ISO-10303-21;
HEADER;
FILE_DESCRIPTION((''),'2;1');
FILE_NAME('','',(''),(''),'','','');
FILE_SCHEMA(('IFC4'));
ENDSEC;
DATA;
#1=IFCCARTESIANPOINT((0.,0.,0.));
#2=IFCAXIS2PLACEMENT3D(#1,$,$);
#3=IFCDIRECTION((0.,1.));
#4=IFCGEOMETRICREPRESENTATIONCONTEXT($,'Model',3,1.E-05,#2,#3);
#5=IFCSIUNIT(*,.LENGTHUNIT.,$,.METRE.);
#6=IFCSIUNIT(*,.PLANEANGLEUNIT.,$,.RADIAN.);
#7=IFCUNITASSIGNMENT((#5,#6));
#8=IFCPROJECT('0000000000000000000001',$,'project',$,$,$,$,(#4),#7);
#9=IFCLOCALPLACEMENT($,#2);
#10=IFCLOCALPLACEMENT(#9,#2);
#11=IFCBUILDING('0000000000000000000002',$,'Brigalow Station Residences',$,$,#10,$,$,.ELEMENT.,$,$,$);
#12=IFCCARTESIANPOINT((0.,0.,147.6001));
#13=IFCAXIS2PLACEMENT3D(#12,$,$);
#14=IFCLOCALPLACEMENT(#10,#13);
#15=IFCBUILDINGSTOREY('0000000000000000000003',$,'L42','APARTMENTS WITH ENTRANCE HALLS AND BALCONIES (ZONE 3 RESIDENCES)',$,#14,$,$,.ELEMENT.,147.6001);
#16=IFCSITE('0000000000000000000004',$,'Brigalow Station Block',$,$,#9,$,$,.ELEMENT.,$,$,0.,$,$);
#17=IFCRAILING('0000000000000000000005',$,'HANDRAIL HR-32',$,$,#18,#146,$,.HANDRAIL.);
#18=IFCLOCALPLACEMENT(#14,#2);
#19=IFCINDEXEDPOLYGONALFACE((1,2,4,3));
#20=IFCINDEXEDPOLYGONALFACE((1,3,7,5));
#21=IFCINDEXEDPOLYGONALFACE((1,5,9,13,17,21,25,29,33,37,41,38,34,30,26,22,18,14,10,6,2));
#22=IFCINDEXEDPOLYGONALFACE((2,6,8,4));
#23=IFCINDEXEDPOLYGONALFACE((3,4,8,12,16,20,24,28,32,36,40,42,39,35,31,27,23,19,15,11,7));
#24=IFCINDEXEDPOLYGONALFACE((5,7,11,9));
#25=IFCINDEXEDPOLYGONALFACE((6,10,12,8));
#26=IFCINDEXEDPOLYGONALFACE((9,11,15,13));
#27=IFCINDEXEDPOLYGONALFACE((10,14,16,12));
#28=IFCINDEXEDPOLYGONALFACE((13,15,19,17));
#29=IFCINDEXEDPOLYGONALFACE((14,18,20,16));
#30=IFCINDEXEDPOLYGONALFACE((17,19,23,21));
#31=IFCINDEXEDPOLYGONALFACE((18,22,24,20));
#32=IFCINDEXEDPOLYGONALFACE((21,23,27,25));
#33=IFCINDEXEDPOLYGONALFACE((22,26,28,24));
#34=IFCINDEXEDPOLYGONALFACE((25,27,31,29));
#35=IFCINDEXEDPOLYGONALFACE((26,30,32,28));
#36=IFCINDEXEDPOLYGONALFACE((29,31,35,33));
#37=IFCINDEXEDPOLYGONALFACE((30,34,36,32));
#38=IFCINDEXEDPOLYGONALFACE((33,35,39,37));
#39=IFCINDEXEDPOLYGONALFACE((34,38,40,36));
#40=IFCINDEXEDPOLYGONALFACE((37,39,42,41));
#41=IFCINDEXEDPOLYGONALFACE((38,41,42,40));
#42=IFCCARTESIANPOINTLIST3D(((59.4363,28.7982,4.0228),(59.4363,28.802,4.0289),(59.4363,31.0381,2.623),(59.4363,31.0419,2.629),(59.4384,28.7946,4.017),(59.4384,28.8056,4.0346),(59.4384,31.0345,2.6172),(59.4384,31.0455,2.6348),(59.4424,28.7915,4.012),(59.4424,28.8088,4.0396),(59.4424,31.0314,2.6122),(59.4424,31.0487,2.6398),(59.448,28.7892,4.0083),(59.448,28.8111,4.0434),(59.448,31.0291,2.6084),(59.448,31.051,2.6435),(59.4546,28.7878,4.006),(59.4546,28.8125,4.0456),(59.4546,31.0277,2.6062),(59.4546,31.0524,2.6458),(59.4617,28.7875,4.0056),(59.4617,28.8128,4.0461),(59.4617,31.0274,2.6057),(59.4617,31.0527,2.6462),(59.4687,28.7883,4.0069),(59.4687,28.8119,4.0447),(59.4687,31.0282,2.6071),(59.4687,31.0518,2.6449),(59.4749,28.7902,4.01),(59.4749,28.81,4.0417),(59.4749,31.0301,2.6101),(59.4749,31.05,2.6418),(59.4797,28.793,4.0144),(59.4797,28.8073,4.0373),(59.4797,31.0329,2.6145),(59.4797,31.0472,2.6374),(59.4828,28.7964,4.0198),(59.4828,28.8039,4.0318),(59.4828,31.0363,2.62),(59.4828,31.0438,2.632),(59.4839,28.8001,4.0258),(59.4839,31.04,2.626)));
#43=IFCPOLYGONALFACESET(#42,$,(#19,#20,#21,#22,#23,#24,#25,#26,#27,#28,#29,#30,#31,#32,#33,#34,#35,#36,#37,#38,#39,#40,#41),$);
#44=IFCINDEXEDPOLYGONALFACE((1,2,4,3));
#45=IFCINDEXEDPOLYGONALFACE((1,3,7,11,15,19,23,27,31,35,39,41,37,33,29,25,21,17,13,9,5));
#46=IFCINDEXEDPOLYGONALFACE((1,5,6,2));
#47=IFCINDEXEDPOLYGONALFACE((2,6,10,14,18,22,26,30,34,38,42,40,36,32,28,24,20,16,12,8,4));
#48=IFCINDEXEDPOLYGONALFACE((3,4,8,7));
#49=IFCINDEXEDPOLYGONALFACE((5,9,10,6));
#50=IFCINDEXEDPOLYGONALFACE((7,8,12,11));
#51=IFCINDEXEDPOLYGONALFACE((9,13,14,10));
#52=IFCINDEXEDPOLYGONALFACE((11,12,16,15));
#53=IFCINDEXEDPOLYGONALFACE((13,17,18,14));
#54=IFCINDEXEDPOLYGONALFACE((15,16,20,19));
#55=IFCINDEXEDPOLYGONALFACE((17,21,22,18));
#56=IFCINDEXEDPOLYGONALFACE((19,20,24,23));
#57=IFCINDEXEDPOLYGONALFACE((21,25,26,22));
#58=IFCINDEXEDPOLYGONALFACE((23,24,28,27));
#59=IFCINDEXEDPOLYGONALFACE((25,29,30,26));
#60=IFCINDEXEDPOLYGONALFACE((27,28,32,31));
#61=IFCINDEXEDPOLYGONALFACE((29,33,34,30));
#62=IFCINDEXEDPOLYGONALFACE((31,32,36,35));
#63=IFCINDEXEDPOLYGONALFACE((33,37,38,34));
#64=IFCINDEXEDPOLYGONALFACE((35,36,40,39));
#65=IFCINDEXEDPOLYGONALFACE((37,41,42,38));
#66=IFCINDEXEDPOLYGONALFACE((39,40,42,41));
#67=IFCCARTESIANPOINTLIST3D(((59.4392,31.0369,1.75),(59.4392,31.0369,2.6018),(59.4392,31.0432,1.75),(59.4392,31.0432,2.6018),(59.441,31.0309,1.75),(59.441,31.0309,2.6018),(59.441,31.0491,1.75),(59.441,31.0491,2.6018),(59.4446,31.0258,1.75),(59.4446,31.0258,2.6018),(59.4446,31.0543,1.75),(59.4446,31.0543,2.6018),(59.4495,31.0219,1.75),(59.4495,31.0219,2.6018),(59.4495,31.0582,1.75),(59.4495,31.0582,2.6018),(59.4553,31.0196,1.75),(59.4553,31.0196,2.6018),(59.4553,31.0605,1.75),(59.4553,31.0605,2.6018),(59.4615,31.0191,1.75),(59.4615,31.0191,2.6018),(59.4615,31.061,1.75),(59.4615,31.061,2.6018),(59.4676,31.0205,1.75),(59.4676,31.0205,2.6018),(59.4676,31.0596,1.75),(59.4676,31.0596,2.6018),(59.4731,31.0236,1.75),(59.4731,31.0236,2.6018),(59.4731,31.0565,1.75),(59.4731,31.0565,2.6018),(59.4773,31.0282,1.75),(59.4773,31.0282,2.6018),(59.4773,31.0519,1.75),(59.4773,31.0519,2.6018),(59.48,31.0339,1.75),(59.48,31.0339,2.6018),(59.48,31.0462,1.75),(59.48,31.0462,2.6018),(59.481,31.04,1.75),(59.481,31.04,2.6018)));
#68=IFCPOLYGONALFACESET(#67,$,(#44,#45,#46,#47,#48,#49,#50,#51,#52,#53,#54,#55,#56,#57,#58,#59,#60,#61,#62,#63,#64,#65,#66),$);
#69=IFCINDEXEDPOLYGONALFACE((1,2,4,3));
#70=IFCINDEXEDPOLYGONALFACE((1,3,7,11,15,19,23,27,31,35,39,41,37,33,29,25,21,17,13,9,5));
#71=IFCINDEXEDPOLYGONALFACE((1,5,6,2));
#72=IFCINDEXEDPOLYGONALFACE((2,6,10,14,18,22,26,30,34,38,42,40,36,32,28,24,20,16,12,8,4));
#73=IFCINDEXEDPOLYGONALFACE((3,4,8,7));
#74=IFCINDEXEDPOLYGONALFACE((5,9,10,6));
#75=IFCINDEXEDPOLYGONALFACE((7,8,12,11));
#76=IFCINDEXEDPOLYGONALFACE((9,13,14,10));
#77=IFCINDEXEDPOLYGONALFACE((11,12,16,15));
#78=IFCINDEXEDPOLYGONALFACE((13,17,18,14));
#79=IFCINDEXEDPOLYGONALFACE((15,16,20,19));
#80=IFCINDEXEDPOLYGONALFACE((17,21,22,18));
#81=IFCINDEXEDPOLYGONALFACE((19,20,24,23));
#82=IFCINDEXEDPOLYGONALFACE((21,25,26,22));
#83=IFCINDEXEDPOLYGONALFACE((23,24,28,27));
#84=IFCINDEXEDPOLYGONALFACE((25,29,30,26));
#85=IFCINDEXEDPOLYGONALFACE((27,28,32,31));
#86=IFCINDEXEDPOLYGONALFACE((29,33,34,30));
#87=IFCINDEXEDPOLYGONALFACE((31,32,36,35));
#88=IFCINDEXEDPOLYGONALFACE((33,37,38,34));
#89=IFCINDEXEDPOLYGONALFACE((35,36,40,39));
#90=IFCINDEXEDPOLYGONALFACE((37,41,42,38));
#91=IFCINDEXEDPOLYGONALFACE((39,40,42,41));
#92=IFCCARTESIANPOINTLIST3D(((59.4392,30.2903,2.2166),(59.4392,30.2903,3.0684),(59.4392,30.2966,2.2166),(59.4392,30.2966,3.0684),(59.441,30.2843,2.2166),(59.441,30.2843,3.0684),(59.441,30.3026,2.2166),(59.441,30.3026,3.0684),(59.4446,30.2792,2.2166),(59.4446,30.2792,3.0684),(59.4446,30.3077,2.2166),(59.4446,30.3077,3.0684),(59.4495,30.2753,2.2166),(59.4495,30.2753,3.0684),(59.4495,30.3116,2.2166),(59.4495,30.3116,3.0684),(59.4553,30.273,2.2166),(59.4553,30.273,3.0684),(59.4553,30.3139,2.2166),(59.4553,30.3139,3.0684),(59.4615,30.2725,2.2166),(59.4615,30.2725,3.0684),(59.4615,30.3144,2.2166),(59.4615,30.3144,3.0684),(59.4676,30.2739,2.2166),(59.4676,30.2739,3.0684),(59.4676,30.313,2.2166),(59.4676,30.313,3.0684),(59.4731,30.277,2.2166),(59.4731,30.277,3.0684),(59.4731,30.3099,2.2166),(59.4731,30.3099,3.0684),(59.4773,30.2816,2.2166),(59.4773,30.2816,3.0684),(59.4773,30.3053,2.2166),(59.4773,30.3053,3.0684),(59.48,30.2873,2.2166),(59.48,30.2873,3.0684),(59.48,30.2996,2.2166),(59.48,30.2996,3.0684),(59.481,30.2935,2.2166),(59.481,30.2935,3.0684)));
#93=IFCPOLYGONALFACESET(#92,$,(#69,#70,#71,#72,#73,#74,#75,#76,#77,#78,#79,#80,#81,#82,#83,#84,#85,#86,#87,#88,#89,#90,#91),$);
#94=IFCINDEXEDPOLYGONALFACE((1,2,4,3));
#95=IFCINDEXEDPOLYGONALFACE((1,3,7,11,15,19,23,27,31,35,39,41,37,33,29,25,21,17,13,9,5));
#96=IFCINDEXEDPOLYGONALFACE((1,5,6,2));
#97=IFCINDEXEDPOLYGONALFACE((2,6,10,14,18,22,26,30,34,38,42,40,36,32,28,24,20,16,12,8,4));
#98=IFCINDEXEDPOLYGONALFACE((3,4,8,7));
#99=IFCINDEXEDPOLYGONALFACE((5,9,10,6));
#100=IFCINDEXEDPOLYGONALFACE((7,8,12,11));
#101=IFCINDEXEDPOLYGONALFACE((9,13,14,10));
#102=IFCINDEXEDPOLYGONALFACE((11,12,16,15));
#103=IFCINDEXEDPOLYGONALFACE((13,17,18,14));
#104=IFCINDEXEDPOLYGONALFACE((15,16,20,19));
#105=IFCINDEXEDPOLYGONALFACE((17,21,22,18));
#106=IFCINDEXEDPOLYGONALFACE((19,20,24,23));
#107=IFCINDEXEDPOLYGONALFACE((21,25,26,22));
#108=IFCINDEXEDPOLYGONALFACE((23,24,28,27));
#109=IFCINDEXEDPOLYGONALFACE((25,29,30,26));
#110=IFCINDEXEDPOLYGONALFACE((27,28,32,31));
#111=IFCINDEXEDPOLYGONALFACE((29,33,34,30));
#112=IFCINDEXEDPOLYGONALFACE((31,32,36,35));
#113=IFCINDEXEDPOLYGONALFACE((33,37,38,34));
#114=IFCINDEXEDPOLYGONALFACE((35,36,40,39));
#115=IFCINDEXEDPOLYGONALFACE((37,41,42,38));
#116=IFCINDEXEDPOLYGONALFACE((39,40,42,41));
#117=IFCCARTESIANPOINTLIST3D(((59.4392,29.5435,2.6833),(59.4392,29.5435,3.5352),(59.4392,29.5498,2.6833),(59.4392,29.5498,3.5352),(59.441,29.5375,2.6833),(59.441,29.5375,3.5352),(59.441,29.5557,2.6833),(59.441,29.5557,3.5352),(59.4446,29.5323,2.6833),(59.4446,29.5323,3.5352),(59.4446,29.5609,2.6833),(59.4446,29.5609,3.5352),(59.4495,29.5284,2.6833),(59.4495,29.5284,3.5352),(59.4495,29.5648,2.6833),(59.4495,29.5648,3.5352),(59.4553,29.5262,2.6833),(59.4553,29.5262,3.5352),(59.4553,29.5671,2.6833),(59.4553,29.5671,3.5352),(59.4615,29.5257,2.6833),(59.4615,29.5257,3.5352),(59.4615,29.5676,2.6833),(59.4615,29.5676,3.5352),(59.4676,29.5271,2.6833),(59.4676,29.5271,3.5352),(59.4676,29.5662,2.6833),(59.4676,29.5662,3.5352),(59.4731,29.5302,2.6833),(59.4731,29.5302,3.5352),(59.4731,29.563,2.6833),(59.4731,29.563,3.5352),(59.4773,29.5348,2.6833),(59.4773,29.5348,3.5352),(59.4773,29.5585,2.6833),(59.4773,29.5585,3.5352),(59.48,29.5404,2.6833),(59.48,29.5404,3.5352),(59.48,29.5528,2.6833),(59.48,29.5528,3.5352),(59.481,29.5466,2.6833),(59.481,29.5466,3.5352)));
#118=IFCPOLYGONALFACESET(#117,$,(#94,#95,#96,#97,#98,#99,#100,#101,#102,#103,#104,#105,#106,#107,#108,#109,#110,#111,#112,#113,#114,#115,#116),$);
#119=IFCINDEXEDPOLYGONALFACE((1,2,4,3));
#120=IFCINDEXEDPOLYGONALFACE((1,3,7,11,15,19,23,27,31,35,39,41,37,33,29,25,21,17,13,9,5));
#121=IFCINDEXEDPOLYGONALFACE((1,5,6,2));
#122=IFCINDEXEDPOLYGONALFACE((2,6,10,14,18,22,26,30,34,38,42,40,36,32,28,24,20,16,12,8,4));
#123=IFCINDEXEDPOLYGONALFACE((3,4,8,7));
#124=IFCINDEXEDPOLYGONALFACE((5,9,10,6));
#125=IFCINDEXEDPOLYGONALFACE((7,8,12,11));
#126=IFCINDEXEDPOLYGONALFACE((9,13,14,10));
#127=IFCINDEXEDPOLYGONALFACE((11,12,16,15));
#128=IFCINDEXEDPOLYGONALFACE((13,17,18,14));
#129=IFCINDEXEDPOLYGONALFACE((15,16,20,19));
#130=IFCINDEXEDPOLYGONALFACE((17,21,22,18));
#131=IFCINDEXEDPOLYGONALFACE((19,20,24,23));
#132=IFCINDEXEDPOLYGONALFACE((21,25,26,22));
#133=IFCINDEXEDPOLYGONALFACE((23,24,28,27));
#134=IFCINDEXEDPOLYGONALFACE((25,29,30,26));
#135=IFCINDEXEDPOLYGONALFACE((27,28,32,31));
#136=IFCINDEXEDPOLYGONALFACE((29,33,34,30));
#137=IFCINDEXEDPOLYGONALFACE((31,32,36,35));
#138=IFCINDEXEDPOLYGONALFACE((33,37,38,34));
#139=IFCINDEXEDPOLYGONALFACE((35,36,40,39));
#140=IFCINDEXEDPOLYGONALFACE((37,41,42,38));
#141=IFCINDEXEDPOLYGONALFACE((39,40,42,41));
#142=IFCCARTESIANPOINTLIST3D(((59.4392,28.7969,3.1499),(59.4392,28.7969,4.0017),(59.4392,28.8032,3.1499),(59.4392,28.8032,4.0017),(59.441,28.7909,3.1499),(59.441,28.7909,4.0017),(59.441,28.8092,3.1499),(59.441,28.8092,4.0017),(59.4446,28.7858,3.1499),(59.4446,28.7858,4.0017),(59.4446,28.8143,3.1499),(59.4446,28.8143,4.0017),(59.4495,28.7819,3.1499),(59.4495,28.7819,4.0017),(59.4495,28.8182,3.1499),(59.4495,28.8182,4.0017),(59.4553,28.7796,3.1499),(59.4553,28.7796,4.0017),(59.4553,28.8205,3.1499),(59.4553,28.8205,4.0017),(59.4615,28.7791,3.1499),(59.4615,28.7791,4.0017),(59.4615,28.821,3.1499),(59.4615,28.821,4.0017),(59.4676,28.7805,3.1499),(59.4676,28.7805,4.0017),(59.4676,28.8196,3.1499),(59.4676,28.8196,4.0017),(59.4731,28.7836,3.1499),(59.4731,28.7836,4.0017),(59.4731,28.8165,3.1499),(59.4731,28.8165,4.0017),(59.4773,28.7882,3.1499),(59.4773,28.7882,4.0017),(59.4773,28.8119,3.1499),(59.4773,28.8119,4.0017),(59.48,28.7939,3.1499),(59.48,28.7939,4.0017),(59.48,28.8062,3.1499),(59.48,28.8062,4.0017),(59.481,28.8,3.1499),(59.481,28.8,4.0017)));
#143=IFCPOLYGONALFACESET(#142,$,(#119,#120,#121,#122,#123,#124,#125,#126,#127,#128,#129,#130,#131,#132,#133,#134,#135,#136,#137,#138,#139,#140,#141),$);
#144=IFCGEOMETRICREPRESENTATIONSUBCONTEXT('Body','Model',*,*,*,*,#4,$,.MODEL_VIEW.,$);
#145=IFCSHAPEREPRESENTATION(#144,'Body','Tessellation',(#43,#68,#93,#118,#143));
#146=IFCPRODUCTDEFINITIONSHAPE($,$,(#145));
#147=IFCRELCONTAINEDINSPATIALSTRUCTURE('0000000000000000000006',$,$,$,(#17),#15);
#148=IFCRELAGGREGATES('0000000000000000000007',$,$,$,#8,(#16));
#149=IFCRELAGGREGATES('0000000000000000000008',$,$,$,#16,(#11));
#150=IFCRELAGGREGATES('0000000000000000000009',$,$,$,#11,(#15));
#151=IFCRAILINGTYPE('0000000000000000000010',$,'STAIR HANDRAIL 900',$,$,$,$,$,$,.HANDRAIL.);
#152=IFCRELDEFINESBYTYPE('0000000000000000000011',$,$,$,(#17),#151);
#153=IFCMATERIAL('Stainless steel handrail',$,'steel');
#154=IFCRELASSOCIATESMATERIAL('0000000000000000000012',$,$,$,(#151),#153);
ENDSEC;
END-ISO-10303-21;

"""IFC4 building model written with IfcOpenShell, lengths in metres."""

from ifc_helpers import new_model, si_unit, direction, frame, origin, origin_2d, place, context, subcontext, project, spatial, circle, extrude, material, type_object, element, save


model = new_model("IFC4")

# Units and contexts
model_context = context("Model", 3, precision=1e-05, world=origin(), true_north=direction((0.0, 1.0)))
body_context = subcontext(model_context, "Body", "Model", "MODEL_VIEW")
ifc_project = project(units=[si_unit("LENGTHUNIT", "METRE"), si_unit("PLANEANGLEUNIT", "RADIAN")], contexts=[model_context])

# Site, building, storey
site_placement = place(None, origin())
site = spatial("IfcSite", under=ifc_project, at=site_placement, Name="Brigalow Station Block", CompositionType="ELEMENT", RefElevation=0.0)
building_placement = place(site_placement, origin())
building = spatial("IfcBuilding", under=site, at=building_placement, Name="Brigalow Station Residences", CompositionType="ELEMENT")
storey_placement = place(building_placement, frame((0.0, 0.0, 147.6001)))
storey = spatial("IfcBuildingStorey", under=building, at=storey_placement, Name="L42", Description="APARTMENTS WITH ENTRANCE HALLS AND BALCONIES (ZONE 3 RESIDENCES)", CompositionType="ELEMENT", Elevation=147.6001)

# Railing
ifc_material_1 = material(Name="Stainless steel handrail", Category="steel")
railing_type_1 = type_object("IfcRailingType", Name="STAIR HANDRAIL 900", PredefinedType="HANDRAIL", material=ifc_material_1)
railing_1_placement = place(storey_placement, frame((59.46, 31.04, 1.75)))
element("IfcRailing", 1, at=railing_1_placement, inside=storey, type_object=railing_type_1, Name="HANDRAIL HR-32", PredefinedType="HANDRAIL", context=body_context, shape_type="SweptSolid", body=[
    extrude(circle(Radius=0.0239, at=origin_2d()), frame((0.0, 0.0, 0.876), z_axis=(0.0, -0.848014, 0.529974), x_axis=(1.0, 0.0, 0.0)), (0.0, 0.0, 1.0), 2.6414),
    extrude(circle(Radius=0.021, at=origin_2d()), origin(), (0.0, 0.0, 1.0), 0.8518),
    extrude(circle(Radius=0.021, at=origin_2d()), frame((0.0, -0.7466, 0.4666)), (0.0, 0.0, 1.0), 0.8518),
    extrude(circle(Radius=0.021, at=origin_2d()), frame((0.0, -1.4934, 0.9333)), (0.0, 0.0, 1.0), 0.8518),
    extrude(circle(Radius=0.021, at=origin_2d()), frame((0.0, -2.24, 1.3999)), (0.0, 0.0, 1.0), 0.8518),
])

save(model, "model.ifc")
